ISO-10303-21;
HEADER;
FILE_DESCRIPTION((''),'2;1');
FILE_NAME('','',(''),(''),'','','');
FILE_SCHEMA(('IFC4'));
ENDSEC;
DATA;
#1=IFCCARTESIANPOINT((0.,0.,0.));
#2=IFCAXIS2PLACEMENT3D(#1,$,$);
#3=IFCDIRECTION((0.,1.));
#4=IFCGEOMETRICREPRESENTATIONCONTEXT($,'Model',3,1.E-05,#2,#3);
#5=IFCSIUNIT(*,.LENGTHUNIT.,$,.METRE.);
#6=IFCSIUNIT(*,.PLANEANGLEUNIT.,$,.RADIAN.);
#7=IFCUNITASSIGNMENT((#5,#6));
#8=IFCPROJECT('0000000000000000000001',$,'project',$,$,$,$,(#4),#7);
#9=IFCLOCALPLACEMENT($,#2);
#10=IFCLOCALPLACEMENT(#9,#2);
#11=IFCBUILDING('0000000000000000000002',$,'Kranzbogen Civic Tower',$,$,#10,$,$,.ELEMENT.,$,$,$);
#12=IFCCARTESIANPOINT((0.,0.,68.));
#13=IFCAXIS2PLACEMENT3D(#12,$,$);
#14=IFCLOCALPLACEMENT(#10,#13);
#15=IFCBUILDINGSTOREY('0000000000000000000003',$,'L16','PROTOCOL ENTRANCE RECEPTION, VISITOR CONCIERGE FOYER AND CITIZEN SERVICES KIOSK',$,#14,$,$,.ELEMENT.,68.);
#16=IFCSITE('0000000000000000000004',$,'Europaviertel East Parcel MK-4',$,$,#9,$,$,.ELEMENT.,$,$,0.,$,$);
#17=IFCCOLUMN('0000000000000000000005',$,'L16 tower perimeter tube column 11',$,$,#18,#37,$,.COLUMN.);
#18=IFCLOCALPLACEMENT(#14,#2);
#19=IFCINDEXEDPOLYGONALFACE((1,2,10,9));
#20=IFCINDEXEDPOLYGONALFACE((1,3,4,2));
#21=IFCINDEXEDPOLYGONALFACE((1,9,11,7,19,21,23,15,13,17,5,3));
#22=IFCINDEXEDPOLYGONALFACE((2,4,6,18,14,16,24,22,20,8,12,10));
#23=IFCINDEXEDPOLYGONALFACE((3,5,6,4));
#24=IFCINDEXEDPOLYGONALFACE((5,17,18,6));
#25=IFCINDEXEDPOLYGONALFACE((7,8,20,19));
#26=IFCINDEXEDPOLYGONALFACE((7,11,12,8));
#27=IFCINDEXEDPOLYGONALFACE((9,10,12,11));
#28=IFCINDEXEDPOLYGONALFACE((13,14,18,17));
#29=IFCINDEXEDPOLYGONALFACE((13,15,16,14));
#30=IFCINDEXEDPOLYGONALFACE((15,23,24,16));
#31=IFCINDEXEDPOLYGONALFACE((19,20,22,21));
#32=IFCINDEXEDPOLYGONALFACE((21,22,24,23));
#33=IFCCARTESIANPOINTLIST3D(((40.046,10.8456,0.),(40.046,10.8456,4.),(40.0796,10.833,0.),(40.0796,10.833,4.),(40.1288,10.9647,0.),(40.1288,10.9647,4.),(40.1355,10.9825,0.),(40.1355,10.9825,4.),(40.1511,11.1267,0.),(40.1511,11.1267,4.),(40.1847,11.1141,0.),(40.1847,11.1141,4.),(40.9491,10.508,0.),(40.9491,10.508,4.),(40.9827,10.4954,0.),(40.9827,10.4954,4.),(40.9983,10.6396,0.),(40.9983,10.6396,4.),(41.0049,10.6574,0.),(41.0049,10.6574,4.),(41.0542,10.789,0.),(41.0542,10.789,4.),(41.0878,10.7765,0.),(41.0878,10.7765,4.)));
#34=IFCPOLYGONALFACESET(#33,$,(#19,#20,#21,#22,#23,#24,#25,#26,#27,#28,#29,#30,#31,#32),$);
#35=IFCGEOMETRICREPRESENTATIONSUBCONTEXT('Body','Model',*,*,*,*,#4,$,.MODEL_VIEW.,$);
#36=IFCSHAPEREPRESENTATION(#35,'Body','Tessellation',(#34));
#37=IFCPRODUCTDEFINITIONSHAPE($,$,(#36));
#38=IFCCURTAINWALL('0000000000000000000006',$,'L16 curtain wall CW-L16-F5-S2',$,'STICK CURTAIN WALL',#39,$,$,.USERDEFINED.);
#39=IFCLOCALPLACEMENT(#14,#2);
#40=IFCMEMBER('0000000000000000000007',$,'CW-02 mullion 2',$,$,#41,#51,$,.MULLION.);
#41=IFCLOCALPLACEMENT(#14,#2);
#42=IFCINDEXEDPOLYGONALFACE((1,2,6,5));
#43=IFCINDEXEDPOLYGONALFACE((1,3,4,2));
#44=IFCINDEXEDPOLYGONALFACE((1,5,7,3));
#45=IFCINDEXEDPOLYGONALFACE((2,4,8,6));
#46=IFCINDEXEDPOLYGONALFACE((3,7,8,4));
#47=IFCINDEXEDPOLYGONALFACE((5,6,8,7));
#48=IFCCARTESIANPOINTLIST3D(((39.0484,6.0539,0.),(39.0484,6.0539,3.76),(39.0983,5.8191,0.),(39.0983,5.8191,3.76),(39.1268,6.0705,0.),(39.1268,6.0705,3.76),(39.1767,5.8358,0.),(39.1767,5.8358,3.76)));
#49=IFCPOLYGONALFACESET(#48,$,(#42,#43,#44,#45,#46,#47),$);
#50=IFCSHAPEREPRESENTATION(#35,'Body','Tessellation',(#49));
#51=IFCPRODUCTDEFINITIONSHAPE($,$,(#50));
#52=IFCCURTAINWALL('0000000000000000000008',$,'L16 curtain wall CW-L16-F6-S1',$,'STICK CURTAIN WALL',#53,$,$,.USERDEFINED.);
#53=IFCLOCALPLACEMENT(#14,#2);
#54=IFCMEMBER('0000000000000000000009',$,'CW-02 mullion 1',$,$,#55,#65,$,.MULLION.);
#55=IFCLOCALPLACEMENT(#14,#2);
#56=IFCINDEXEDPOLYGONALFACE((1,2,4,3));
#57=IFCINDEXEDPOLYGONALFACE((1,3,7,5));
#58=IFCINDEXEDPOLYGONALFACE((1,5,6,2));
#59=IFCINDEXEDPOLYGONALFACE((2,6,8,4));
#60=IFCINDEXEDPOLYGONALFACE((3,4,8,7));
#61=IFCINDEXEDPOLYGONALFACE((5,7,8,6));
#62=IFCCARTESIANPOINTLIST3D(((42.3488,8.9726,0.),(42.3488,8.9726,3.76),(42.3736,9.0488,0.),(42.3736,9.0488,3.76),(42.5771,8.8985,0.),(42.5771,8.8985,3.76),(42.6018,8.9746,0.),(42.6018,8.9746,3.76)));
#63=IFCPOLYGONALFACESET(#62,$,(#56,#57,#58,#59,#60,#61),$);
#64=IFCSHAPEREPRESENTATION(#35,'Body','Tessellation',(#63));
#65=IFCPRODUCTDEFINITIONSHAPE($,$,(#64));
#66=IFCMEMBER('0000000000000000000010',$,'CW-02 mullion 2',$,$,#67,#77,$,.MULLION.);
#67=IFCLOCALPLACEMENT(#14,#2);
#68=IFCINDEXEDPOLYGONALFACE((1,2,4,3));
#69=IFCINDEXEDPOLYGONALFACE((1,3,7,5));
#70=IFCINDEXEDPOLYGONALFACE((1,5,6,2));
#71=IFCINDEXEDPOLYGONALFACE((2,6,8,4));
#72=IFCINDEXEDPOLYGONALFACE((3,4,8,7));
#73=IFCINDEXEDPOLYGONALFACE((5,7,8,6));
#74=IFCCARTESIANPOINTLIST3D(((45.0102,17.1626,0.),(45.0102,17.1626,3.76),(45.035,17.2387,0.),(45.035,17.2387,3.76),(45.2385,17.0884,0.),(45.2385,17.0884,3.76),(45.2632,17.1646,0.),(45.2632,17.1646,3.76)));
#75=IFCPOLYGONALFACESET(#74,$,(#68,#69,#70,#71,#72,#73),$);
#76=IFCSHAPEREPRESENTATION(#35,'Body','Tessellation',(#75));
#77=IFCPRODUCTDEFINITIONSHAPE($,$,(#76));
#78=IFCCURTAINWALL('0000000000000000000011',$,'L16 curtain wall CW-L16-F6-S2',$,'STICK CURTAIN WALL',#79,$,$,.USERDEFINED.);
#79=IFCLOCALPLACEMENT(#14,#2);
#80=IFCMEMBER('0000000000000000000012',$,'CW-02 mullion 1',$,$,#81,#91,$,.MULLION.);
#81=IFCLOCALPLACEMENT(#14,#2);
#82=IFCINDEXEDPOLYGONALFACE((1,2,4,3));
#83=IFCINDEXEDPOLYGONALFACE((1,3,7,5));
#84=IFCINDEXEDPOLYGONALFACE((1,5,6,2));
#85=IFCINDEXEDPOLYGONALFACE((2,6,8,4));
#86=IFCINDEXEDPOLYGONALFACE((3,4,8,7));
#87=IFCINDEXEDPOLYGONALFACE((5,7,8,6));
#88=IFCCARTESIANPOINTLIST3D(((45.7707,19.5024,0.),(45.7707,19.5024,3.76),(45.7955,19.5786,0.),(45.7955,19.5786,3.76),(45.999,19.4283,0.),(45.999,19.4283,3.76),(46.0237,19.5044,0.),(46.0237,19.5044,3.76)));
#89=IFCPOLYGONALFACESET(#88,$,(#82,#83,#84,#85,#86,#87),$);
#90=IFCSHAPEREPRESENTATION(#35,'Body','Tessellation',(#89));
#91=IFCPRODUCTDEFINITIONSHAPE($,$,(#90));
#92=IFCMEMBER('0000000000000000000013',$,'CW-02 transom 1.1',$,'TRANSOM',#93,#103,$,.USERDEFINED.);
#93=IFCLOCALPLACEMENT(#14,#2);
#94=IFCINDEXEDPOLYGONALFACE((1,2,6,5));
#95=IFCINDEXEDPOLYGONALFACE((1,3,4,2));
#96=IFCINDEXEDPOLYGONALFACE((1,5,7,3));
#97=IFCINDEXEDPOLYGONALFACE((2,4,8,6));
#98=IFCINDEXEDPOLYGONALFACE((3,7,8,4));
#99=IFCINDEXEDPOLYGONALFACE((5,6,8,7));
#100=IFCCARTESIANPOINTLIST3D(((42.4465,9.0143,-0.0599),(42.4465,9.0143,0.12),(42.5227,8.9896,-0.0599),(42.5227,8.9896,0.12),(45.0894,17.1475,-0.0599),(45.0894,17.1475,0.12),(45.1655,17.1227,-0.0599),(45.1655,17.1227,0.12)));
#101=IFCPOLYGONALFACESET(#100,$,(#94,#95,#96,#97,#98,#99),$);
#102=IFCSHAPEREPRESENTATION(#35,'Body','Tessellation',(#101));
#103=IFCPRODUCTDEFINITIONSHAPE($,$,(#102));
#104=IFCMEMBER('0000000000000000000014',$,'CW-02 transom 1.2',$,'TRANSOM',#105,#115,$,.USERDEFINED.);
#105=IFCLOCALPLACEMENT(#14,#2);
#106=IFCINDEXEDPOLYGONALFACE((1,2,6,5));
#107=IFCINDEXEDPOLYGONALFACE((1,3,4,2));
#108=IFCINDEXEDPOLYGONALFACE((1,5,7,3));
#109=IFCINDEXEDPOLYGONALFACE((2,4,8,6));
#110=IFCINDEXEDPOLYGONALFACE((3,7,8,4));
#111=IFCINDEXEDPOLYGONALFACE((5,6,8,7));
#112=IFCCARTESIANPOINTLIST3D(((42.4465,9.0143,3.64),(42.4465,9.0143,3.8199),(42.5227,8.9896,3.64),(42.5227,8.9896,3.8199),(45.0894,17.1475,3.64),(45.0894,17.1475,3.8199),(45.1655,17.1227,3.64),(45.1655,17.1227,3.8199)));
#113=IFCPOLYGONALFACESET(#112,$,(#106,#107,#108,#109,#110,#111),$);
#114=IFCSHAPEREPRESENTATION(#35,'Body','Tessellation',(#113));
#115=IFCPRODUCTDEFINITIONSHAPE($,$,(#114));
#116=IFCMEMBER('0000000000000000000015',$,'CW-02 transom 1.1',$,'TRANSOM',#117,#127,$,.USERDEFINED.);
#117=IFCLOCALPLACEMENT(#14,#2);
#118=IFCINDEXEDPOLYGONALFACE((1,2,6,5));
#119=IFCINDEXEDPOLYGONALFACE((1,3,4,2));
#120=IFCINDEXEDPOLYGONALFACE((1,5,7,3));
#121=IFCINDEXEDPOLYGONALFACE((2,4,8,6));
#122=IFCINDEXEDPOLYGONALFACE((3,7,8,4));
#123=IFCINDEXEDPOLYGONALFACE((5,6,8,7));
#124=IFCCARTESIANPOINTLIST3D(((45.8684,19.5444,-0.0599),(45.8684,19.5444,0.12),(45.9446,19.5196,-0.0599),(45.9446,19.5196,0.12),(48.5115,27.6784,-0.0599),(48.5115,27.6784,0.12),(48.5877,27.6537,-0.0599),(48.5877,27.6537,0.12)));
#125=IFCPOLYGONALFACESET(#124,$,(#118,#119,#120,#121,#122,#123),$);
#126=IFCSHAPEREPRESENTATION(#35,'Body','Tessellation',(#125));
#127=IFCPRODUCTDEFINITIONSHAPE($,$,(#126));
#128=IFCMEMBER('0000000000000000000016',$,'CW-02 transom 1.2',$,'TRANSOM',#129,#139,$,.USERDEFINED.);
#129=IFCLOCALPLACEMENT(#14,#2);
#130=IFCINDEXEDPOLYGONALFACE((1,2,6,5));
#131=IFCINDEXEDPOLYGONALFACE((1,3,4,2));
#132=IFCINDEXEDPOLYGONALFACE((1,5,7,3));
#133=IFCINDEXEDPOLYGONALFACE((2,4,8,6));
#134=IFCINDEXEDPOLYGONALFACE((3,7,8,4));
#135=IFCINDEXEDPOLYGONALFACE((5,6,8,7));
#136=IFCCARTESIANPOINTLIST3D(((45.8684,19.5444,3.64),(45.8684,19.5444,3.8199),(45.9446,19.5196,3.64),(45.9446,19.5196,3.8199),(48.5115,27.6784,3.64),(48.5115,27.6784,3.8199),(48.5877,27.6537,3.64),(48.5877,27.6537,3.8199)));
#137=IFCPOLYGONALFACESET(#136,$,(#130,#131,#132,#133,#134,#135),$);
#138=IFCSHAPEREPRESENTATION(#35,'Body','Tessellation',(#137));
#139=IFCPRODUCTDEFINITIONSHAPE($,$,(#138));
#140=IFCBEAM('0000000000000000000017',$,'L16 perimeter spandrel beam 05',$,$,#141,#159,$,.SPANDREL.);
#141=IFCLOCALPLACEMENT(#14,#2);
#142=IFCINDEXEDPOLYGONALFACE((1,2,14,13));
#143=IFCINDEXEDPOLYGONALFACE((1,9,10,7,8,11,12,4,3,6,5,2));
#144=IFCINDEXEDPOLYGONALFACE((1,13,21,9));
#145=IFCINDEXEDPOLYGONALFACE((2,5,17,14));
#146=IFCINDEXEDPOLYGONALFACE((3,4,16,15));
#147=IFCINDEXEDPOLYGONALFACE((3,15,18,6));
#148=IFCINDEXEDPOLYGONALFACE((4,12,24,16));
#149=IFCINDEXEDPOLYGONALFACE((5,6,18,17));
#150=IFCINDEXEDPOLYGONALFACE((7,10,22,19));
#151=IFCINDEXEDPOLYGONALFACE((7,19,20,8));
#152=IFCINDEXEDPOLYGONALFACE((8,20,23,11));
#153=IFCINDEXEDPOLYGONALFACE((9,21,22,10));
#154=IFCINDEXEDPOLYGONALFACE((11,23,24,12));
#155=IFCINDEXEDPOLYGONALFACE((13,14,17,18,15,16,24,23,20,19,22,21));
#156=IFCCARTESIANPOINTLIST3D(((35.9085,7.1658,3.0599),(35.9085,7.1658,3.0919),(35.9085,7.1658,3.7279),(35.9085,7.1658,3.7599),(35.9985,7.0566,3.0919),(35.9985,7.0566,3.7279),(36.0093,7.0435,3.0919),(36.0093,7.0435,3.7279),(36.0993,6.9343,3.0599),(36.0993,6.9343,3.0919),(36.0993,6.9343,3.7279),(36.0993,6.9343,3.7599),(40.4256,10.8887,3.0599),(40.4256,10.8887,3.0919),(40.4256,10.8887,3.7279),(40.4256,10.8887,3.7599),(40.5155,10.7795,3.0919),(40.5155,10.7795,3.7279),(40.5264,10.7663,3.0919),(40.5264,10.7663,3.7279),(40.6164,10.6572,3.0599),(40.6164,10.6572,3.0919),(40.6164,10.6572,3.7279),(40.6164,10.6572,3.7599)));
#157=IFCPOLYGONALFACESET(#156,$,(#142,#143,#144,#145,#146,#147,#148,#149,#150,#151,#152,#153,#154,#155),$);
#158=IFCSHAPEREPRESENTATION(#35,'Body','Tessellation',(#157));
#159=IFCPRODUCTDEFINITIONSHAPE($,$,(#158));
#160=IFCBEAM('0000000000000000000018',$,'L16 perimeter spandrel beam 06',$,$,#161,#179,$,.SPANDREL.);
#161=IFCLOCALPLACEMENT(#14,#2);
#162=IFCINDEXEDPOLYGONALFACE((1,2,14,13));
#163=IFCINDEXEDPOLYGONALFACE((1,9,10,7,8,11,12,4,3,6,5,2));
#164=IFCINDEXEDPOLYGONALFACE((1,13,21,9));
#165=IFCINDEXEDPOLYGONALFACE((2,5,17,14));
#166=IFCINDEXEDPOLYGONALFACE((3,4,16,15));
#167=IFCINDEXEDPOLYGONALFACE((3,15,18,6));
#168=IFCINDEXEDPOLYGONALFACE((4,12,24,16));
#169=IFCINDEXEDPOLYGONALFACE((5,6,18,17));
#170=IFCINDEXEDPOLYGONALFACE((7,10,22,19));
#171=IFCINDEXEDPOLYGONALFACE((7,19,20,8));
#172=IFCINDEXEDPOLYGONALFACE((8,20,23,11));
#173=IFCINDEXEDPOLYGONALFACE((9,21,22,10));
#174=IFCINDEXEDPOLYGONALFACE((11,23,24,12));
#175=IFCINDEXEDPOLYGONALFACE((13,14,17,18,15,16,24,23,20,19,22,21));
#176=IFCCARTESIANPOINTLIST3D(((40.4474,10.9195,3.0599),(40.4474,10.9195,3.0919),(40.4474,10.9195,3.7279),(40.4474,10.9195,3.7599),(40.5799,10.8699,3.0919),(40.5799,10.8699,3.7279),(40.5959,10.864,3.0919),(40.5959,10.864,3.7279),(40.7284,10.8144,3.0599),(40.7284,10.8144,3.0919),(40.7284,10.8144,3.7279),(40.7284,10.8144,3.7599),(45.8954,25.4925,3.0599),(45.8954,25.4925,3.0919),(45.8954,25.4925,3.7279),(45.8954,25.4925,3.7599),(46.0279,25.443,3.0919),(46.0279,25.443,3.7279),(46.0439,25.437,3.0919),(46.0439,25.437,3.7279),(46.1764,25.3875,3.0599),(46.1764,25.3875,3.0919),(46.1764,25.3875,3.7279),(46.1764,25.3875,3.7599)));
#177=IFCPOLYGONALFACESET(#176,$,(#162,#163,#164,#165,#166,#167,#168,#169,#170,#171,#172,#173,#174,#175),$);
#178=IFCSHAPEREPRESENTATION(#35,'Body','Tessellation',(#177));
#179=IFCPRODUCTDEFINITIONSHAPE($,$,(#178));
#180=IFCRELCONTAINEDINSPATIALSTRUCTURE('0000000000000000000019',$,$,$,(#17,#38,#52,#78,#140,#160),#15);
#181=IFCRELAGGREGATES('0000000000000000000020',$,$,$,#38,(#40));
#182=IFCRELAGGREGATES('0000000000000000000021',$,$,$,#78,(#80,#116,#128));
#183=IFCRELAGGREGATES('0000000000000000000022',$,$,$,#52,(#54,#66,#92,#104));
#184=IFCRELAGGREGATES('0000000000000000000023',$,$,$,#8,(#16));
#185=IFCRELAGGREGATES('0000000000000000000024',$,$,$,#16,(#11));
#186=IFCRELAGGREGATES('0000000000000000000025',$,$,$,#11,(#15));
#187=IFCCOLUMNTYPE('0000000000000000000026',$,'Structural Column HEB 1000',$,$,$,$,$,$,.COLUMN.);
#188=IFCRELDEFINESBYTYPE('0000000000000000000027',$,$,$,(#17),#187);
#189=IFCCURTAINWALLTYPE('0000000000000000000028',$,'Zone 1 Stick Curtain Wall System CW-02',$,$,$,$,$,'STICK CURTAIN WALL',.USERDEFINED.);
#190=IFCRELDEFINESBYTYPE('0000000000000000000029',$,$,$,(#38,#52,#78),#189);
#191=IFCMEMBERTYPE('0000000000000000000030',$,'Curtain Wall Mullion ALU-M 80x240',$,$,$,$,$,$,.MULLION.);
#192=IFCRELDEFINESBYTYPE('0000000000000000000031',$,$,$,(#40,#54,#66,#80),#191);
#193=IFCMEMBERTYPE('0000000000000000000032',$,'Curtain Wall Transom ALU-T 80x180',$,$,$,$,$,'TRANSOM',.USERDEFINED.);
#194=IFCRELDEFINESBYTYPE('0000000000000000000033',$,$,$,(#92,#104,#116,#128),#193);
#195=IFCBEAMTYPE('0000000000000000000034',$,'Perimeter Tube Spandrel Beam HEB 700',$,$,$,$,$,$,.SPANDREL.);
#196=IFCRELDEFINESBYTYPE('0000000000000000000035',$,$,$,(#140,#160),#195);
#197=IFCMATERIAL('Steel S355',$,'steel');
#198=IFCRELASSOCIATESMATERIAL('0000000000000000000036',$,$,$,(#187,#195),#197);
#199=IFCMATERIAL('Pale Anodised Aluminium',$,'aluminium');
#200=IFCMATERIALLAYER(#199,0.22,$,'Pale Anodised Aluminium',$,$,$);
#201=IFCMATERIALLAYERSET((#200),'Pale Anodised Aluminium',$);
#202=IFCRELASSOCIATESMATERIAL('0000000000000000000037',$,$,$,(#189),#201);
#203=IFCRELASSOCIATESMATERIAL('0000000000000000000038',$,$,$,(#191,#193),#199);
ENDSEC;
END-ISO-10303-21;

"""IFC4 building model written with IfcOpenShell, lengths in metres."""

from ifc_helpers import new_model, si_unit, direction, frame, origin, origin_2d, place, context, subcontext, project, spatial, rectangle, i_section, extrude, material, layer, layer_set, material_profile, profile_set, type_object, element, aggregate, save


model = new_model("IFC4")

# Units and contexts
model_context = context("Model", 3, precision=1e-05, world=origin(), true_north=direction((0.0, 1.0)))
body_context = subcontext(model_context, "Body", "Model", "MODEL_VIEW")
ifc_project = project(units=[si_unit("LENGTHUNIT", "METRE"), si_unit("PLANEANGLEUNIT", "RADIAN")], contexts=[model_context])

# Site, building, storey
site_placement = place(None, origin())
site = spatial("IfcSite", under=ifc_project, at=site_placement, Name="Europaviertel East Parcel MK-4", CompositionType="ELEMENT", RefElevation=0.0)
building_placement = place(site_placement, origin())
building = spatial("IfcBuilding", under=site, at=building_placement, Name="Kranzbogen Civic Tower", CompositionType="ELEMENT")
storey_placement = place(building_placement, frame((0.0, 0.0, 68.0)))
storey = spatial("IfcBuildingStorey", under=building, at=storey_placement, Name="L16", Description="PROTOCOL ENTRANCE RECEPTION, VISITOR CONCIERGE FOYER AND CITIZEN SERVICES KIOSK", CompositionType="ELEMENT", Elevation=68.0)

# Column
ifc_material_1 = material(Name="Steel S355", Category="steel")
ifc_material_profile_1 = material_profile(ifc_material_1, i_section(OverallWidth=0.3, OverallDepth=1.0, WebThickness=0.019, FlangeThickness=0.0359, at=origin_2d()), Name="HEB 1000")
ifc_profile_set_1 = profile_set([ifc_material_profile_1], Name="Steel S355")
column_type = type_object("IfcColumnType", Name="Structural Column HEB 1000", PredefinedType="COLUMN", material=ifc_profile_set_1)
column_placement = place(storey_placement, frame((40.5669, 10.811, 0.0), z_axis=(0.0, 0.0, 1.0), x_axis=(0.350207, 0.936672, 0.0)))
element("IfcColumn", 1, at=column_placement, inside=storey, type_object=column_type, Name="L16 tower perimeter tube column 11", PredefinedType="COLUMN", context=body_context, shape_type="SweptSolid", body=[
    extrude(i_section(OverallWidth=0.3, OverallDepth=1.0, WebThickness=0.019, FlangeThickness=0.0359, at=origin_2d()), origin(), (0.0, 0.0, 1.0), 4.0),
])

# Curtain wall, member
ifc_material_2 = material(Name="Pale Anodised Aluminium", Category="aluminium")
ifc_layer_1 = layer(ifc_material_2, 0.22, Name="Pale Anodised Aluminium")
ifc_layer_set_1 = layer_set([ifc_layer_1], Name="Pale Anodised Aluminium")
curtain_wall_type = type_object("IfcCurtainWallType", Name="Zone 1 Stick Curtain Wall System CW-02", ElementType="STICK CURTAIN WALL", PredefinedType="USERDEFINED", material=ifc_layer_set_1)
curtain_wall_1_placement = place(storey_placement, origin())
curtain_wall_1 = element("IfcCurtainWall", 2, at=curtain_wall_1_placement, inside=storey, type_object=curtain_wall_type, Name="L16 curtain wall CW-L16-F5-S2", ObjectType="STICK CURTAIN WALL", PredefinedType="USERDEFINED")
ifc_material_profile_2 = material_profile(ifc_material_2, rectangle(XDim=0.0801, YDim=0.24, at=origin_2d()), Name="ALU-M 80x240")
ifc_profile_set_2 = profile_set([ifc_material_profile_2], Name="Pale Anodised Aluminium")
member_type_1 = type_object("IfcMemberType", Name="Curtain Wall Mullion ALU-M 80x240", PredefinedType="MULLION", material=ifc_profile_set_2)
member_1_placement = place(storey_placement, frame((39.1125, 5.9448, 0.0), z_axis=(0.0, 0.0, 1.0), x_axis=(0.978155, 0.207875, 0.0)))
member_1 = element("IfcMember", 3, at=member_1_placement, type_object=member_type_1, Name="CW-02 mullion 2", PredefinedType="MULLION", context=body_context, shape_type="SweptSolid", body=[
    extrude(rectangle(XDim=0.0801, YDim=0.24, at=origin_2d()), origin(), (0.0, 0.0, 1.0), 3.76),
])
aggregate(curtain_wall_1, [member_1])

# Curtain wall, members
curtain_wall_2_placement = place(storey_placement, origin())
curtain_wall_2 = element("IfcCurtainWall", 4, at=curtain_wall_2_placement, inside=storey, type_object=curtain_wall_type, Name="L16 curtain wall CW-L16-F6-S1", ObjectType="STICK CURTAIN WALL", PredefinedType="USERDEFINED")
member_2_placement = place(storey_placement, frame((42.4753, 8.9736, 0.0), z_axis=(0.0, 0.0, 1.0), x_axis=(0.309057, 0.951043, 0.0)))
member_2 = element("IfcMember", 5, at=member_2_placement, type_object=member_type_1, Name="CW-02 mullion 1", PredefinedType="MULLION", context=body_context, shape_type="SweptSolid", body=[
    extrude(rectangle(XDim=0.0801, YDim=0.24, at=origin_2d()), origin(), (0.0, 0.0, 1.0), 3.76),
])
member_3_placement = place(storey_placement, frame((45.1367, 17.1636, 0.0), z_axis=(0.0, 0.0, 1.0), x_axis=(0.309057, 0.951043, 0.0)))
member_3 = element("IfcMember", 6, at=member_3_placement, type_object=member_type_1, Name="CW-02 mullion 2", PredefinedType="MULLION", context=body_context, shape_type="SweptSolid", body=[
    extrude(rectangle(XDim=0.0801, YDim=0.24, at=origin_2d()), origin(), (0.0, 0.0, 1.0), 3.76),
])

# Curtain wall, member
curtain_wall_3_placement = place(storey_placement, origin())
curtain_wall_3 = element("IfcCurtainWall", 7, at=curtain_wall_3_placement, inside=storey, type_object=curtain_wall_type, Name="L16 curtain wall CW-L16-F6-S2", ObjectType="STICK CURTAIN WALL", PredefinedType="USERDEFINED")
member_4_placement = place(storey_placement, frame((45.8972, 19.5034, 0.0), z_axis=(0.0, 0.0, 1.0), x_axis=(0.309023, 0.951054, 0.0)))
member_4 = element("IfcMember", 8, at=member_4_placement, type_object=member_type_1, Name="CW-02 mullion 1", PredefinedType="MULLION", context=body_context, shape_type="SweptSolid", body=[
    extrude(rectangle(XDim=0.0801, YDim=0.24, at=origin_2d()), origin(), (0.0, 0.0, 1.0), 3.76),
])

# Members
ifc_material_profile_3 = material_profile(ifc_material_2, rectangle(XDim=0.0801, YDim=0.1799, at=origin_2d()), Name="ALU-T 80x180")
ifc_profile_set_3 = profile_set([ifc_material_profile_3], Name="Pale Anodised Aluminium")
member_type_2 = type_object("IfcMemberType", Name="Curtain Wall Transom ALU-T 80x180", ElementType="TRANSOM", PredefinedType="USERDEFINED", material=ifc_profile_set_3)
member_5_placement = place(storey_placement, frame((42.4846, 9.002, 0.03), z_axis=(0.309042, 0.951049, 0.0), x_axis=(-0.951049, 0.309042, 0.0)))
member_5 = element("IfcMember", 9, at=member_5_placement, type_object=member_type_2, Name="CW-02 transom 1.1", ObjectType="TRANSOM", PredefinedType="USERDEFINED", context=body_context, shape_type="SweptSolid", body=[
    extrude(rectangle(XDim=0.0801, YDim=0.1799, at=origin_2d()), origin(), (0.0, 0.0, 1.0), 8.5518),
])
member_6_placement = place(storey_placement, frame((42.4846, 9.002, 3.73), z_axis=(0.309042, 0.951049, 0.0), x_axis=(-0.951049, 0.309042, 0.0)))
member_6 = element("IfcMember", 10, at=member_6_placement, type_object=member_type_2, Name="CW-02 transom 1.2", ObjectType="TRANSOM", PredefinedType="USERDEFINED", context=body_context, shape_type="SweptSolid", body=[
    extrude(rectangle(XDim=0.0801, YDim=0.1799, at=origin_2d()), origin(), (0.0, 0.0, 1.0), 8.5518),
])
member_7_placement = place(storey_placement, frame((45.9065, 19.532, 0.03), z_axis=(0.309034, 0.951051, 0.0), x_axis=(-0.951051, 0.309034, 0.0)))
member_7 = element("IfcMember", 11, at=member_7_placement, type_object=member_type_2, Name="CW-02 transom 1.1", ObjectType="TRANSOM", PredefinedType="USERDEFINED", context=body_context, shape_type="SweptSolid", body=[
    extrude(rectangle(XDim=0.0801, YDim=0.1799, at=origin_2d()), origin(), (0.0, 0.0, 1.0), 8.5527),
])
member_8_placement = place(storey_placement, frame((45.9065, 19.532, 3.73), z_axis=(0.309034, 0.951051, 0.0), x_axis=(-0.951051, 0.309034, 0.0)))
member_8 = element("IfcMember", 12, at=member_8_placement, type_object=member_type_2, Name="CW-02 transom 1.2", ObjectType="TRANSOM", PredefinedType="USERDEFINED", context=body_context, shape_type="SweptSolid", body=[
    extrude(rectangle(XDim=0.0801, YDim=0.1799, at=origin_2d()), origin(), (0.0, 0.0, 1.0), 8.5527),
])
aggregate(curtain_wall_3, [member_4, member_7, member_8])

# Beams
ifc_material_profile_4 = material_profile(ifc_material_1, i_section(OverallWidth=0.3, OverallDepth=0.7, WebThickness=0.0171, FlangeThickness=0.032, at=origin_2d()), Name="HEB 700")
ifc_profile_set_4 = profile_set([ifc_material_profile_4], Name="Steel S355")
beam_type_1 = type_object("IfcBeamType", Name="Perimeter Tube Spandrel Beam HEB 700", PredefinedType="SPANDREL", material=ifc_profile_set_4)
beam_1_placement = place(storey_placement, frame((36.0039, 7.05, 3.4099), z_axis=(0.771683, 0.636007, 0.0), x_axis=(-0.636007, 0.771683, 0.0)))
element("IfcBeam", 13, at=beam_1_placement, inside=storey, type_object=beam_type_1, Name="L16 perimeter spandrel beam 05", PredefinedType="SPANDREL", context=body_context, shape_type="SweptSolid", body=[
    extrude(i_section(OverallWidth=0.3, OverallDepth=0.7, WebThickness=0.0171, FlangeThickness=0.032, at=origin_2d()), origin(), (0.0, 0.0, 1.0), 5.8535),
])
beam_2_placement = place(storey_placement, frame((40.5879, 10.8669, 3.4099), z_axis=(0.350172, 0.936685, 0.0), x_axis=(-0.936685, 0.350172, 0.0)))
element("IfcBeam", 14, at=beam_2_placement, inside=storey, type_object=beam_type_1, Name="L16 perimeter spandrel beam 06", PredefinedType="SPANDREL", context=body_context, shape_type="SweptSolid", body=[
    extrude(i_section(OverallWidth=0.3, OverallDepth=0.7, WebThickness=0.0171, FlangeThickness=0.032, at=origin_2d()), origin(), (0.0, 0.0, 1.0), 15.5581),
])

aggregate(curtain_wall_2, [member_2, member_3, member_5, member_6])

save(model, "model.ifc")
